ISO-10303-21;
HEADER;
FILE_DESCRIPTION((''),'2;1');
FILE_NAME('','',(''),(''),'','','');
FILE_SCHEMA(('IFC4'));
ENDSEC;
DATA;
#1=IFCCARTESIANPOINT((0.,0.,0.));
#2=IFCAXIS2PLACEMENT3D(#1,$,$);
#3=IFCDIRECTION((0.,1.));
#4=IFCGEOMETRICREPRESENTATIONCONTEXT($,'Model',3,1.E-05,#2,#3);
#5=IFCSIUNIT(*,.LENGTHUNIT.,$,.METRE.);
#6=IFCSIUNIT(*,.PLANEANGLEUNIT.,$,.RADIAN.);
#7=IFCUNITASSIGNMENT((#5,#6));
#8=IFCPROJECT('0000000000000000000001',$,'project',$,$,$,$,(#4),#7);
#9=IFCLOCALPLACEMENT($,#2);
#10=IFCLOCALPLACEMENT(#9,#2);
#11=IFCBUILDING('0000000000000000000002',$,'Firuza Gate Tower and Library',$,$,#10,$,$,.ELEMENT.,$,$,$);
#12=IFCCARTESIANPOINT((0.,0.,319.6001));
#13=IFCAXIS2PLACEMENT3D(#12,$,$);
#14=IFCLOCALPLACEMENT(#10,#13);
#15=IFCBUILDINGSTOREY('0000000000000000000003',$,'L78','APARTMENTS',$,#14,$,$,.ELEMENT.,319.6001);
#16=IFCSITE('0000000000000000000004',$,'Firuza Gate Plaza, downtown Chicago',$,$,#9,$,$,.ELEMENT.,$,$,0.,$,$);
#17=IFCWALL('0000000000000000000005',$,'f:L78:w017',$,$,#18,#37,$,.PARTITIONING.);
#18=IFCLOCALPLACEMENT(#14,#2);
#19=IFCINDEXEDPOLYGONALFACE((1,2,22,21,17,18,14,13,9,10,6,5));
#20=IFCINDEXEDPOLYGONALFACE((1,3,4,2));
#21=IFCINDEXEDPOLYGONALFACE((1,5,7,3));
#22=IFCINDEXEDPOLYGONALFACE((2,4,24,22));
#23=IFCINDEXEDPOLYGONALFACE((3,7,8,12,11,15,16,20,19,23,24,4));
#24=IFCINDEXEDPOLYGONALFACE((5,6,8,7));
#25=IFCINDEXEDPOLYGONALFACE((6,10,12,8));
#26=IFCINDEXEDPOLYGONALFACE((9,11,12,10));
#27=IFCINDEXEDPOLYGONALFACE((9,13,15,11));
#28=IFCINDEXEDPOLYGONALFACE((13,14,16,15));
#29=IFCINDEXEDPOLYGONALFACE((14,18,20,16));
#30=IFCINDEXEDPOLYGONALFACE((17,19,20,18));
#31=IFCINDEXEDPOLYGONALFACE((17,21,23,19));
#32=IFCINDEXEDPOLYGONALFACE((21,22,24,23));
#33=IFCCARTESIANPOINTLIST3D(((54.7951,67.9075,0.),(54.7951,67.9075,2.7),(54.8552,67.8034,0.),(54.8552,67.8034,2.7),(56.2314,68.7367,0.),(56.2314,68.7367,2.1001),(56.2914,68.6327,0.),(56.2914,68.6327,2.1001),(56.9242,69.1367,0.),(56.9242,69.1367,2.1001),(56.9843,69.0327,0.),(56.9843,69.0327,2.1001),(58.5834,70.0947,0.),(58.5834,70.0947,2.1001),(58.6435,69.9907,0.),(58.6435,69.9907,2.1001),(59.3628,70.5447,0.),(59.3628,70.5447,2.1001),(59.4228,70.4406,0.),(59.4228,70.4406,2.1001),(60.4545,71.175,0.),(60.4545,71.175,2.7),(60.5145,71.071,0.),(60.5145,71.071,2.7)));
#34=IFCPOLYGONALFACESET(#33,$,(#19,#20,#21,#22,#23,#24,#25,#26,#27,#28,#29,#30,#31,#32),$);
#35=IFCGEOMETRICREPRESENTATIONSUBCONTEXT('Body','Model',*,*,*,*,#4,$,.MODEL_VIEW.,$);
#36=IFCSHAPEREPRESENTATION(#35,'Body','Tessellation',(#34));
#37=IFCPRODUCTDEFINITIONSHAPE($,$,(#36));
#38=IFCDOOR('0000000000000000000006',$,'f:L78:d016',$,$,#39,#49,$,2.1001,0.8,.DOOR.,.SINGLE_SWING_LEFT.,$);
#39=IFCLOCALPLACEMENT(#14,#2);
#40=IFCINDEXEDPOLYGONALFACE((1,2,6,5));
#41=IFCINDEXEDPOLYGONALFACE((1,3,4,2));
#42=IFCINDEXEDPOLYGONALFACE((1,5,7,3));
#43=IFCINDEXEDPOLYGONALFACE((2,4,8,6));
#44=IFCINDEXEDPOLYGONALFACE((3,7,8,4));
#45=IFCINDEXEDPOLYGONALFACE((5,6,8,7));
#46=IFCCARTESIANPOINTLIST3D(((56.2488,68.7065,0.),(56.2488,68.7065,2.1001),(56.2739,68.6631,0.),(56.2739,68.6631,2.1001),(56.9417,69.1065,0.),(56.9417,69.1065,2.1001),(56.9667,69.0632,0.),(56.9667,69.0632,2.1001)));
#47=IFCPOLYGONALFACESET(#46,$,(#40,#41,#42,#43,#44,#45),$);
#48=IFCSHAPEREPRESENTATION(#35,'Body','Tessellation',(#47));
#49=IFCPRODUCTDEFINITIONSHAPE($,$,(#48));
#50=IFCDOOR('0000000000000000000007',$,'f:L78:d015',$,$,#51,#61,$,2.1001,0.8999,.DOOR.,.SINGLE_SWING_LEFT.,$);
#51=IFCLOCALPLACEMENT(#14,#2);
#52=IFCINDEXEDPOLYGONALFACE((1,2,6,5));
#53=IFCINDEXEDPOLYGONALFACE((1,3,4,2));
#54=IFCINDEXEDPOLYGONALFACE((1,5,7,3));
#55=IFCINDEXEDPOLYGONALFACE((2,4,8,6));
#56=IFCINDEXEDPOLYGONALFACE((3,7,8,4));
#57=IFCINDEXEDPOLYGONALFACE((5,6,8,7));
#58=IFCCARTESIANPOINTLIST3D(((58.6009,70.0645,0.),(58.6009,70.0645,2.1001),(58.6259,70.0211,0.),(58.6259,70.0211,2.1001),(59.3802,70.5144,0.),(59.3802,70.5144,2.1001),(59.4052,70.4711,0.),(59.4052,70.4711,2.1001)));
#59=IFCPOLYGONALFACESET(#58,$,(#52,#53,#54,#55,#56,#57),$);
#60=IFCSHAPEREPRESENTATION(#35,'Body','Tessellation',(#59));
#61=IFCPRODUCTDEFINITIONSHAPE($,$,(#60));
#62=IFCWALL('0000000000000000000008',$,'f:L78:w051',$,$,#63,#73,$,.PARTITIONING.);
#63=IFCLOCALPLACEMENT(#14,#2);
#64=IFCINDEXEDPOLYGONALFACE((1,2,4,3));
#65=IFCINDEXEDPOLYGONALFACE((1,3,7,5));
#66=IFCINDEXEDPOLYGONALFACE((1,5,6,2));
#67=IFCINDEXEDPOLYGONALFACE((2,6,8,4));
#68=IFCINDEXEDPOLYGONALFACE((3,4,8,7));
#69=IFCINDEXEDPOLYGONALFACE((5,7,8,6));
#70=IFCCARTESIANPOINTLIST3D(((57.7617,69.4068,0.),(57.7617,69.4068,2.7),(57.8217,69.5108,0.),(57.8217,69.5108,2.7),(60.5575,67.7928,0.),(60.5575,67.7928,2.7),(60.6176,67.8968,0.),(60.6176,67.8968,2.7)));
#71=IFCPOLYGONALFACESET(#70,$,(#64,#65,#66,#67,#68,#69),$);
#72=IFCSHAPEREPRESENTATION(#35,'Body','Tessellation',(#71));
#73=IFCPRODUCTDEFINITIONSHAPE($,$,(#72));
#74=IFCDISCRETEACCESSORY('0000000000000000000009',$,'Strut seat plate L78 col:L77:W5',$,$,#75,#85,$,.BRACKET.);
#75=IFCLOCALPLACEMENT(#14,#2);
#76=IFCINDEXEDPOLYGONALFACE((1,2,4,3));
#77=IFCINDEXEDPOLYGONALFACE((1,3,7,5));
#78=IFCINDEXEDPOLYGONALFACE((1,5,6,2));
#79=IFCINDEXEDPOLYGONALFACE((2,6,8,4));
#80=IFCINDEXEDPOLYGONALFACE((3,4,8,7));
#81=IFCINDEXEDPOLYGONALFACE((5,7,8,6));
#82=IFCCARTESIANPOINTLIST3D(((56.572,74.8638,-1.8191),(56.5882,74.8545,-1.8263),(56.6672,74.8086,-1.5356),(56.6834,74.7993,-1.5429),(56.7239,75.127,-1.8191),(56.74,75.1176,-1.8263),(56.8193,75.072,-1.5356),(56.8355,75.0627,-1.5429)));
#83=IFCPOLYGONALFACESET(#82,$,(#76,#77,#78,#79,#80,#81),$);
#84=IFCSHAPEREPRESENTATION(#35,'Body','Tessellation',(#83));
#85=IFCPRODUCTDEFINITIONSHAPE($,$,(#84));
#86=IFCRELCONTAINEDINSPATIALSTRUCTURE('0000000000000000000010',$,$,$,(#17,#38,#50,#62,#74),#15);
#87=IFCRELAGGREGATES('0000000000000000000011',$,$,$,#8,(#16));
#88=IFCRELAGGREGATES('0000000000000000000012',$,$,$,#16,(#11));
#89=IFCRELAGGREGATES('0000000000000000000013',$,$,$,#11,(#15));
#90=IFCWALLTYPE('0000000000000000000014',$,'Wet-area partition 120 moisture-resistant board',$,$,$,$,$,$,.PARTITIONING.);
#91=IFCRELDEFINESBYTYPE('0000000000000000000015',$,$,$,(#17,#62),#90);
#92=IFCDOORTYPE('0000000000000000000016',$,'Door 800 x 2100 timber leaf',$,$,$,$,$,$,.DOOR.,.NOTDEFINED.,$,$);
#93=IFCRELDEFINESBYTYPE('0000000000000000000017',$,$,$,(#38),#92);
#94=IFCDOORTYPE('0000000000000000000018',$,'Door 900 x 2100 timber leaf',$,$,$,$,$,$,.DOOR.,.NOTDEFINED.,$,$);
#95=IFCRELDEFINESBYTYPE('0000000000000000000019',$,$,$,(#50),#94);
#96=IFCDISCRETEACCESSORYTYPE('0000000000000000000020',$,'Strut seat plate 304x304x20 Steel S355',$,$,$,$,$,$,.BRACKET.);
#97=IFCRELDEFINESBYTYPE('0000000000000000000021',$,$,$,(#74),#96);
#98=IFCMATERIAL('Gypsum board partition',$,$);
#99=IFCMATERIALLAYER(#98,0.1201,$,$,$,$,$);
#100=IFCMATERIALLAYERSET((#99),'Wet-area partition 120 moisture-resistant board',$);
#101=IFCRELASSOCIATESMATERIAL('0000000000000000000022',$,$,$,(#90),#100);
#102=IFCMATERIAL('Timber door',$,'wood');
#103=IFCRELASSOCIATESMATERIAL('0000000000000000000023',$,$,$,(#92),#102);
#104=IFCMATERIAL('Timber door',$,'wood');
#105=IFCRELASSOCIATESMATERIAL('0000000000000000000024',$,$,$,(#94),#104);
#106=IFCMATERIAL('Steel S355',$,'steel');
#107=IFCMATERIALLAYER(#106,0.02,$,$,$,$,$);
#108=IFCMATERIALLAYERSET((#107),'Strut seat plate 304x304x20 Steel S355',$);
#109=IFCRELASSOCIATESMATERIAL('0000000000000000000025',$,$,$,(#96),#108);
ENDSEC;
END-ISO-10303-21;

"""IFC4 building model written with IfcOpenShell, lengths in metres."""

from ifc_helpers import new_model, si_unit, direction, frame, frame_2d, origin, place, context, subcontext, project, spatial, polyline, rectangle, outline, extrude, material, layer, layer_set, type_object, element, fill, save


model = new_model("IFC4")

# Units and contexts
model_context = context("Model", 3, precision=1e-05, world=origin(), true_north=direction((0.0, 1.0)))
body_context = subcontext(model_context, "Body", "Model", "MODEL_VIEW")
ifc_project = project(units=[si_unit("LENGTHUNIT", "METRE"), si_unit("PLANEANGLEUNIT", "RADIAN")], contexts=[model_context])

# Site, building, storey
site_placement = place(None, origin())
site = spatial("IfcSite", under=ifc_project, at=site_placement, Name="Firuza Gate Plaza, downtown Chicago", CompositionType="ELEMENT", RefElevation=0.0)
building_placement = place(site_placement, origin())
building = spatial("IfcBuilding", under=site, at=building_placement, Name="Firuza Gate Tower and Library", CompositionType="ELEMENT")
storey_placement = place(building_placement, frame((0.0, 0.0, 319.6001)))
storey = spatial("IfcBuildingStorey", under=building, at=storey_placement, Name="L78", Description="APARTMENTS", CompositionType="ELEMENT", Elevation=319.6001)

# Wall, openings, doors
ifc_material_1 = material(Name="Gypsum board partition")
ifc_layer_1 = layer(ifc_material_1, 0.1201)
ifc_layer_set_1 = layer_set([ifc_layer_1], Name="Wet-area partition 120 moisture-resistant board")
wall_type_1 = type_object("IfcWallType", Name="Wet-area partition 120 moisture-resistant board", PredefinedType="PARTITIONING", material=ifc_layer_set_1)
wall_1_placement = place(storey_placement, frame((60.4846, 71.123, 0.0), z_axis=(0.0, 0.0, 1.0), x_axis=(-0.866018, -0.500012, 0.0)))
wall_1 = element("IfcWall", 1, at=wall_1_placement, inside=storey, type_object=wall_type_1, Name="f:L78:w017", PredefinedType="PARTITIONING", context=body_context, shape_type="SweptSolid", body=[
    extrude(rectangle(XDim=6.5349, YDim=0.1201, at=frame_2d((3.2676, 0.0))), origin(), (0.0, 0.0, 1.0), 2.7),
])
opening_1_placement = place(wall_1_placement, frame((1.2607, 0.0, 0.0)))
opening_1 = element("IfcOpeningElement", 2, at=opening_1_placement, cuts=wall_1, PredefinedType="OPENING", context=body_context, shape_type="SweptSolid", body=[
    extrude(rectangle(XDim=0.8999, YDim=2.1001, at=frame_2d((0.45, 1.05))), frame((0.0, 0.0701, 0.0), z_axis=(0.0, -1.0, 0.0), x_axis=(1.0, 0.0, 0.0)), (0.0, 0.0, 1.0), 0.1401),
])
opening_2_placement = place(wall_1_placement, frame((4.0767, 0.0, 0.0)))
opening_2 = element("IfcOpeningElement", 3, at=opening_2_placement, cuts=wall_1, PredefinedType="OPENING", context=body_context, shape_type="SweptSolid", body=[
    extrude(rectangle(XDim=0.8, YDim=2.1001, at=frame_2d((0.3999, 1.05))), frame((0.0, 0.0701, 0.0), z_axis=(0.0, -1.0, 0.0), x_axis=(1.0, 0.0, 0.0)), (0.0, 0.0, 1.0), 0.1401),
])
ifc_material_2 = material(Name="Timber door", Category="wood")
door_type_1 = type_object("IfcDoorType", Name="Door 800 x 2100 timber leaf", OperationType="NOTDEFINED", PredefinedType="DOOR", material=ifc_material_2)
door_1_placement = place(opening_2_placement, origin())
door_1 = element("IfcDoor", 4, at=door_1_placement, inside=storey, type_object=door_type_1, Name="f:L78:d016", OperationType="SINGLE_SWING_LEFT", OverallHeight=2.1001, OverallWidth=0.8, PredefinedType="DOOR", context=body_context, shape_type="SweptSolid", body=[
    extrude(rectangle(XDim=0.8, YDim=2.1001, at=frame_2d((0.3999, 1.05))), frame((0.0, 0.0249, 0.0), z_axis=(0.0, -1.0, 0.0), x_axis=(1.0, 0.0, 0.0)), (0.0, 0.0, 1.0), 0.05),
])
fill(opening_2, door_1)
ifc_material_3 = material(Name="Timber door", Category="wood")
door_type_2 = type_object("IfcDoorType", Name="Door 900 x 2100 timber leaf", OperationType="NOTDEFINED", PredefinedType="DOOR", material=ifc_material_3)
door_2_placement = place(opening_1_placement, origin())
door_2 = element("IfcDoor", 5, at=door_2_placement, inside=storey, type_object=door_type_2, Name="f:L78:d015", OperationType="SINGLE_SWING_LEFT", OverallHeight=2.1001, OverallWidth=0.8999, PredefinedType="DOOR", context=body_context, shape_type="SweptSolid", body=[
    extrude(rectangle(XDim=0.8999, YDim=2.1001, at=frame_2d((0.45, 1.05))), frame((0.0, 0.0249, 0.0), z_axis=(0.0, -1.0, 0.0), x_axis=(1.0, 0.0, 0.0)), (0.0, 0.0, 1.0), 0.05),
])
fill(opening_1, door_2)

# Wall
wall_2_placement = place(storey_placement, frame((60.5876, 67.8447, 0.0), z_axis=(0.0, 0.0, 1.0), x_axis=(-0.866052, 0.499954, 0.0)))
element("IfcWall", 6, at=wall_2_placement, inside=storey, type_object=wall_type_1, Name="f:L78:w051", PredefinedType="PARTITIONING", context=body_context, shape_type="SweptSolid", body=[
    extrude(rectangle(XDim=3.2283, YDim=0.1201, at=frame_2d((1.6143, 0.0))), origin(), (0.0, 0.0, 1.0), 2.7),
])

# Discrete accessory
ifc_material_4 = material(Name="Steel S355", Category="steel")
ifc_layer_2 = layer(ifc_material_4, 0.02)
ifc_layer_set_2 = layer_set([ifc_layer_2], Name="Strut seat plate 304x304x20 Steel S355")
discrete_accessory_type = type_object("IfcDiscreteAccessoryType", Name="Strut seat plate 304x304x20 Steel S355", PredefinedType="BRACKET", material=ifc_layer_set_2)
discrete_accessory_placement = place(storey_placement, frame((56.6672, 74.8086, -1.5356), z_axis=(-0.807329, 0.465982, 0.362051), x_axis=(0.499913, 0.866076, 0.00005)))
element("IfcDiscreteAccessory", 7, at=discrete_accessory_placement, inside=storey, type_object=discrete_accessory_type, Name="Strut seat plate L78 col:L77:W5", PredefinedType="BRACKET", context=body_context, shape_type="SweptSolid", body=[
    extrude(outline(polyline([(0.0, 0.0), (0.3042, 0.0), (0.304, 0.3041), (0.0002, 0.3041), (0.0, 0.0)])), origin(), (0.0, 0.0, -1.0), 0.02),
])

save(model, "model.ifc")
